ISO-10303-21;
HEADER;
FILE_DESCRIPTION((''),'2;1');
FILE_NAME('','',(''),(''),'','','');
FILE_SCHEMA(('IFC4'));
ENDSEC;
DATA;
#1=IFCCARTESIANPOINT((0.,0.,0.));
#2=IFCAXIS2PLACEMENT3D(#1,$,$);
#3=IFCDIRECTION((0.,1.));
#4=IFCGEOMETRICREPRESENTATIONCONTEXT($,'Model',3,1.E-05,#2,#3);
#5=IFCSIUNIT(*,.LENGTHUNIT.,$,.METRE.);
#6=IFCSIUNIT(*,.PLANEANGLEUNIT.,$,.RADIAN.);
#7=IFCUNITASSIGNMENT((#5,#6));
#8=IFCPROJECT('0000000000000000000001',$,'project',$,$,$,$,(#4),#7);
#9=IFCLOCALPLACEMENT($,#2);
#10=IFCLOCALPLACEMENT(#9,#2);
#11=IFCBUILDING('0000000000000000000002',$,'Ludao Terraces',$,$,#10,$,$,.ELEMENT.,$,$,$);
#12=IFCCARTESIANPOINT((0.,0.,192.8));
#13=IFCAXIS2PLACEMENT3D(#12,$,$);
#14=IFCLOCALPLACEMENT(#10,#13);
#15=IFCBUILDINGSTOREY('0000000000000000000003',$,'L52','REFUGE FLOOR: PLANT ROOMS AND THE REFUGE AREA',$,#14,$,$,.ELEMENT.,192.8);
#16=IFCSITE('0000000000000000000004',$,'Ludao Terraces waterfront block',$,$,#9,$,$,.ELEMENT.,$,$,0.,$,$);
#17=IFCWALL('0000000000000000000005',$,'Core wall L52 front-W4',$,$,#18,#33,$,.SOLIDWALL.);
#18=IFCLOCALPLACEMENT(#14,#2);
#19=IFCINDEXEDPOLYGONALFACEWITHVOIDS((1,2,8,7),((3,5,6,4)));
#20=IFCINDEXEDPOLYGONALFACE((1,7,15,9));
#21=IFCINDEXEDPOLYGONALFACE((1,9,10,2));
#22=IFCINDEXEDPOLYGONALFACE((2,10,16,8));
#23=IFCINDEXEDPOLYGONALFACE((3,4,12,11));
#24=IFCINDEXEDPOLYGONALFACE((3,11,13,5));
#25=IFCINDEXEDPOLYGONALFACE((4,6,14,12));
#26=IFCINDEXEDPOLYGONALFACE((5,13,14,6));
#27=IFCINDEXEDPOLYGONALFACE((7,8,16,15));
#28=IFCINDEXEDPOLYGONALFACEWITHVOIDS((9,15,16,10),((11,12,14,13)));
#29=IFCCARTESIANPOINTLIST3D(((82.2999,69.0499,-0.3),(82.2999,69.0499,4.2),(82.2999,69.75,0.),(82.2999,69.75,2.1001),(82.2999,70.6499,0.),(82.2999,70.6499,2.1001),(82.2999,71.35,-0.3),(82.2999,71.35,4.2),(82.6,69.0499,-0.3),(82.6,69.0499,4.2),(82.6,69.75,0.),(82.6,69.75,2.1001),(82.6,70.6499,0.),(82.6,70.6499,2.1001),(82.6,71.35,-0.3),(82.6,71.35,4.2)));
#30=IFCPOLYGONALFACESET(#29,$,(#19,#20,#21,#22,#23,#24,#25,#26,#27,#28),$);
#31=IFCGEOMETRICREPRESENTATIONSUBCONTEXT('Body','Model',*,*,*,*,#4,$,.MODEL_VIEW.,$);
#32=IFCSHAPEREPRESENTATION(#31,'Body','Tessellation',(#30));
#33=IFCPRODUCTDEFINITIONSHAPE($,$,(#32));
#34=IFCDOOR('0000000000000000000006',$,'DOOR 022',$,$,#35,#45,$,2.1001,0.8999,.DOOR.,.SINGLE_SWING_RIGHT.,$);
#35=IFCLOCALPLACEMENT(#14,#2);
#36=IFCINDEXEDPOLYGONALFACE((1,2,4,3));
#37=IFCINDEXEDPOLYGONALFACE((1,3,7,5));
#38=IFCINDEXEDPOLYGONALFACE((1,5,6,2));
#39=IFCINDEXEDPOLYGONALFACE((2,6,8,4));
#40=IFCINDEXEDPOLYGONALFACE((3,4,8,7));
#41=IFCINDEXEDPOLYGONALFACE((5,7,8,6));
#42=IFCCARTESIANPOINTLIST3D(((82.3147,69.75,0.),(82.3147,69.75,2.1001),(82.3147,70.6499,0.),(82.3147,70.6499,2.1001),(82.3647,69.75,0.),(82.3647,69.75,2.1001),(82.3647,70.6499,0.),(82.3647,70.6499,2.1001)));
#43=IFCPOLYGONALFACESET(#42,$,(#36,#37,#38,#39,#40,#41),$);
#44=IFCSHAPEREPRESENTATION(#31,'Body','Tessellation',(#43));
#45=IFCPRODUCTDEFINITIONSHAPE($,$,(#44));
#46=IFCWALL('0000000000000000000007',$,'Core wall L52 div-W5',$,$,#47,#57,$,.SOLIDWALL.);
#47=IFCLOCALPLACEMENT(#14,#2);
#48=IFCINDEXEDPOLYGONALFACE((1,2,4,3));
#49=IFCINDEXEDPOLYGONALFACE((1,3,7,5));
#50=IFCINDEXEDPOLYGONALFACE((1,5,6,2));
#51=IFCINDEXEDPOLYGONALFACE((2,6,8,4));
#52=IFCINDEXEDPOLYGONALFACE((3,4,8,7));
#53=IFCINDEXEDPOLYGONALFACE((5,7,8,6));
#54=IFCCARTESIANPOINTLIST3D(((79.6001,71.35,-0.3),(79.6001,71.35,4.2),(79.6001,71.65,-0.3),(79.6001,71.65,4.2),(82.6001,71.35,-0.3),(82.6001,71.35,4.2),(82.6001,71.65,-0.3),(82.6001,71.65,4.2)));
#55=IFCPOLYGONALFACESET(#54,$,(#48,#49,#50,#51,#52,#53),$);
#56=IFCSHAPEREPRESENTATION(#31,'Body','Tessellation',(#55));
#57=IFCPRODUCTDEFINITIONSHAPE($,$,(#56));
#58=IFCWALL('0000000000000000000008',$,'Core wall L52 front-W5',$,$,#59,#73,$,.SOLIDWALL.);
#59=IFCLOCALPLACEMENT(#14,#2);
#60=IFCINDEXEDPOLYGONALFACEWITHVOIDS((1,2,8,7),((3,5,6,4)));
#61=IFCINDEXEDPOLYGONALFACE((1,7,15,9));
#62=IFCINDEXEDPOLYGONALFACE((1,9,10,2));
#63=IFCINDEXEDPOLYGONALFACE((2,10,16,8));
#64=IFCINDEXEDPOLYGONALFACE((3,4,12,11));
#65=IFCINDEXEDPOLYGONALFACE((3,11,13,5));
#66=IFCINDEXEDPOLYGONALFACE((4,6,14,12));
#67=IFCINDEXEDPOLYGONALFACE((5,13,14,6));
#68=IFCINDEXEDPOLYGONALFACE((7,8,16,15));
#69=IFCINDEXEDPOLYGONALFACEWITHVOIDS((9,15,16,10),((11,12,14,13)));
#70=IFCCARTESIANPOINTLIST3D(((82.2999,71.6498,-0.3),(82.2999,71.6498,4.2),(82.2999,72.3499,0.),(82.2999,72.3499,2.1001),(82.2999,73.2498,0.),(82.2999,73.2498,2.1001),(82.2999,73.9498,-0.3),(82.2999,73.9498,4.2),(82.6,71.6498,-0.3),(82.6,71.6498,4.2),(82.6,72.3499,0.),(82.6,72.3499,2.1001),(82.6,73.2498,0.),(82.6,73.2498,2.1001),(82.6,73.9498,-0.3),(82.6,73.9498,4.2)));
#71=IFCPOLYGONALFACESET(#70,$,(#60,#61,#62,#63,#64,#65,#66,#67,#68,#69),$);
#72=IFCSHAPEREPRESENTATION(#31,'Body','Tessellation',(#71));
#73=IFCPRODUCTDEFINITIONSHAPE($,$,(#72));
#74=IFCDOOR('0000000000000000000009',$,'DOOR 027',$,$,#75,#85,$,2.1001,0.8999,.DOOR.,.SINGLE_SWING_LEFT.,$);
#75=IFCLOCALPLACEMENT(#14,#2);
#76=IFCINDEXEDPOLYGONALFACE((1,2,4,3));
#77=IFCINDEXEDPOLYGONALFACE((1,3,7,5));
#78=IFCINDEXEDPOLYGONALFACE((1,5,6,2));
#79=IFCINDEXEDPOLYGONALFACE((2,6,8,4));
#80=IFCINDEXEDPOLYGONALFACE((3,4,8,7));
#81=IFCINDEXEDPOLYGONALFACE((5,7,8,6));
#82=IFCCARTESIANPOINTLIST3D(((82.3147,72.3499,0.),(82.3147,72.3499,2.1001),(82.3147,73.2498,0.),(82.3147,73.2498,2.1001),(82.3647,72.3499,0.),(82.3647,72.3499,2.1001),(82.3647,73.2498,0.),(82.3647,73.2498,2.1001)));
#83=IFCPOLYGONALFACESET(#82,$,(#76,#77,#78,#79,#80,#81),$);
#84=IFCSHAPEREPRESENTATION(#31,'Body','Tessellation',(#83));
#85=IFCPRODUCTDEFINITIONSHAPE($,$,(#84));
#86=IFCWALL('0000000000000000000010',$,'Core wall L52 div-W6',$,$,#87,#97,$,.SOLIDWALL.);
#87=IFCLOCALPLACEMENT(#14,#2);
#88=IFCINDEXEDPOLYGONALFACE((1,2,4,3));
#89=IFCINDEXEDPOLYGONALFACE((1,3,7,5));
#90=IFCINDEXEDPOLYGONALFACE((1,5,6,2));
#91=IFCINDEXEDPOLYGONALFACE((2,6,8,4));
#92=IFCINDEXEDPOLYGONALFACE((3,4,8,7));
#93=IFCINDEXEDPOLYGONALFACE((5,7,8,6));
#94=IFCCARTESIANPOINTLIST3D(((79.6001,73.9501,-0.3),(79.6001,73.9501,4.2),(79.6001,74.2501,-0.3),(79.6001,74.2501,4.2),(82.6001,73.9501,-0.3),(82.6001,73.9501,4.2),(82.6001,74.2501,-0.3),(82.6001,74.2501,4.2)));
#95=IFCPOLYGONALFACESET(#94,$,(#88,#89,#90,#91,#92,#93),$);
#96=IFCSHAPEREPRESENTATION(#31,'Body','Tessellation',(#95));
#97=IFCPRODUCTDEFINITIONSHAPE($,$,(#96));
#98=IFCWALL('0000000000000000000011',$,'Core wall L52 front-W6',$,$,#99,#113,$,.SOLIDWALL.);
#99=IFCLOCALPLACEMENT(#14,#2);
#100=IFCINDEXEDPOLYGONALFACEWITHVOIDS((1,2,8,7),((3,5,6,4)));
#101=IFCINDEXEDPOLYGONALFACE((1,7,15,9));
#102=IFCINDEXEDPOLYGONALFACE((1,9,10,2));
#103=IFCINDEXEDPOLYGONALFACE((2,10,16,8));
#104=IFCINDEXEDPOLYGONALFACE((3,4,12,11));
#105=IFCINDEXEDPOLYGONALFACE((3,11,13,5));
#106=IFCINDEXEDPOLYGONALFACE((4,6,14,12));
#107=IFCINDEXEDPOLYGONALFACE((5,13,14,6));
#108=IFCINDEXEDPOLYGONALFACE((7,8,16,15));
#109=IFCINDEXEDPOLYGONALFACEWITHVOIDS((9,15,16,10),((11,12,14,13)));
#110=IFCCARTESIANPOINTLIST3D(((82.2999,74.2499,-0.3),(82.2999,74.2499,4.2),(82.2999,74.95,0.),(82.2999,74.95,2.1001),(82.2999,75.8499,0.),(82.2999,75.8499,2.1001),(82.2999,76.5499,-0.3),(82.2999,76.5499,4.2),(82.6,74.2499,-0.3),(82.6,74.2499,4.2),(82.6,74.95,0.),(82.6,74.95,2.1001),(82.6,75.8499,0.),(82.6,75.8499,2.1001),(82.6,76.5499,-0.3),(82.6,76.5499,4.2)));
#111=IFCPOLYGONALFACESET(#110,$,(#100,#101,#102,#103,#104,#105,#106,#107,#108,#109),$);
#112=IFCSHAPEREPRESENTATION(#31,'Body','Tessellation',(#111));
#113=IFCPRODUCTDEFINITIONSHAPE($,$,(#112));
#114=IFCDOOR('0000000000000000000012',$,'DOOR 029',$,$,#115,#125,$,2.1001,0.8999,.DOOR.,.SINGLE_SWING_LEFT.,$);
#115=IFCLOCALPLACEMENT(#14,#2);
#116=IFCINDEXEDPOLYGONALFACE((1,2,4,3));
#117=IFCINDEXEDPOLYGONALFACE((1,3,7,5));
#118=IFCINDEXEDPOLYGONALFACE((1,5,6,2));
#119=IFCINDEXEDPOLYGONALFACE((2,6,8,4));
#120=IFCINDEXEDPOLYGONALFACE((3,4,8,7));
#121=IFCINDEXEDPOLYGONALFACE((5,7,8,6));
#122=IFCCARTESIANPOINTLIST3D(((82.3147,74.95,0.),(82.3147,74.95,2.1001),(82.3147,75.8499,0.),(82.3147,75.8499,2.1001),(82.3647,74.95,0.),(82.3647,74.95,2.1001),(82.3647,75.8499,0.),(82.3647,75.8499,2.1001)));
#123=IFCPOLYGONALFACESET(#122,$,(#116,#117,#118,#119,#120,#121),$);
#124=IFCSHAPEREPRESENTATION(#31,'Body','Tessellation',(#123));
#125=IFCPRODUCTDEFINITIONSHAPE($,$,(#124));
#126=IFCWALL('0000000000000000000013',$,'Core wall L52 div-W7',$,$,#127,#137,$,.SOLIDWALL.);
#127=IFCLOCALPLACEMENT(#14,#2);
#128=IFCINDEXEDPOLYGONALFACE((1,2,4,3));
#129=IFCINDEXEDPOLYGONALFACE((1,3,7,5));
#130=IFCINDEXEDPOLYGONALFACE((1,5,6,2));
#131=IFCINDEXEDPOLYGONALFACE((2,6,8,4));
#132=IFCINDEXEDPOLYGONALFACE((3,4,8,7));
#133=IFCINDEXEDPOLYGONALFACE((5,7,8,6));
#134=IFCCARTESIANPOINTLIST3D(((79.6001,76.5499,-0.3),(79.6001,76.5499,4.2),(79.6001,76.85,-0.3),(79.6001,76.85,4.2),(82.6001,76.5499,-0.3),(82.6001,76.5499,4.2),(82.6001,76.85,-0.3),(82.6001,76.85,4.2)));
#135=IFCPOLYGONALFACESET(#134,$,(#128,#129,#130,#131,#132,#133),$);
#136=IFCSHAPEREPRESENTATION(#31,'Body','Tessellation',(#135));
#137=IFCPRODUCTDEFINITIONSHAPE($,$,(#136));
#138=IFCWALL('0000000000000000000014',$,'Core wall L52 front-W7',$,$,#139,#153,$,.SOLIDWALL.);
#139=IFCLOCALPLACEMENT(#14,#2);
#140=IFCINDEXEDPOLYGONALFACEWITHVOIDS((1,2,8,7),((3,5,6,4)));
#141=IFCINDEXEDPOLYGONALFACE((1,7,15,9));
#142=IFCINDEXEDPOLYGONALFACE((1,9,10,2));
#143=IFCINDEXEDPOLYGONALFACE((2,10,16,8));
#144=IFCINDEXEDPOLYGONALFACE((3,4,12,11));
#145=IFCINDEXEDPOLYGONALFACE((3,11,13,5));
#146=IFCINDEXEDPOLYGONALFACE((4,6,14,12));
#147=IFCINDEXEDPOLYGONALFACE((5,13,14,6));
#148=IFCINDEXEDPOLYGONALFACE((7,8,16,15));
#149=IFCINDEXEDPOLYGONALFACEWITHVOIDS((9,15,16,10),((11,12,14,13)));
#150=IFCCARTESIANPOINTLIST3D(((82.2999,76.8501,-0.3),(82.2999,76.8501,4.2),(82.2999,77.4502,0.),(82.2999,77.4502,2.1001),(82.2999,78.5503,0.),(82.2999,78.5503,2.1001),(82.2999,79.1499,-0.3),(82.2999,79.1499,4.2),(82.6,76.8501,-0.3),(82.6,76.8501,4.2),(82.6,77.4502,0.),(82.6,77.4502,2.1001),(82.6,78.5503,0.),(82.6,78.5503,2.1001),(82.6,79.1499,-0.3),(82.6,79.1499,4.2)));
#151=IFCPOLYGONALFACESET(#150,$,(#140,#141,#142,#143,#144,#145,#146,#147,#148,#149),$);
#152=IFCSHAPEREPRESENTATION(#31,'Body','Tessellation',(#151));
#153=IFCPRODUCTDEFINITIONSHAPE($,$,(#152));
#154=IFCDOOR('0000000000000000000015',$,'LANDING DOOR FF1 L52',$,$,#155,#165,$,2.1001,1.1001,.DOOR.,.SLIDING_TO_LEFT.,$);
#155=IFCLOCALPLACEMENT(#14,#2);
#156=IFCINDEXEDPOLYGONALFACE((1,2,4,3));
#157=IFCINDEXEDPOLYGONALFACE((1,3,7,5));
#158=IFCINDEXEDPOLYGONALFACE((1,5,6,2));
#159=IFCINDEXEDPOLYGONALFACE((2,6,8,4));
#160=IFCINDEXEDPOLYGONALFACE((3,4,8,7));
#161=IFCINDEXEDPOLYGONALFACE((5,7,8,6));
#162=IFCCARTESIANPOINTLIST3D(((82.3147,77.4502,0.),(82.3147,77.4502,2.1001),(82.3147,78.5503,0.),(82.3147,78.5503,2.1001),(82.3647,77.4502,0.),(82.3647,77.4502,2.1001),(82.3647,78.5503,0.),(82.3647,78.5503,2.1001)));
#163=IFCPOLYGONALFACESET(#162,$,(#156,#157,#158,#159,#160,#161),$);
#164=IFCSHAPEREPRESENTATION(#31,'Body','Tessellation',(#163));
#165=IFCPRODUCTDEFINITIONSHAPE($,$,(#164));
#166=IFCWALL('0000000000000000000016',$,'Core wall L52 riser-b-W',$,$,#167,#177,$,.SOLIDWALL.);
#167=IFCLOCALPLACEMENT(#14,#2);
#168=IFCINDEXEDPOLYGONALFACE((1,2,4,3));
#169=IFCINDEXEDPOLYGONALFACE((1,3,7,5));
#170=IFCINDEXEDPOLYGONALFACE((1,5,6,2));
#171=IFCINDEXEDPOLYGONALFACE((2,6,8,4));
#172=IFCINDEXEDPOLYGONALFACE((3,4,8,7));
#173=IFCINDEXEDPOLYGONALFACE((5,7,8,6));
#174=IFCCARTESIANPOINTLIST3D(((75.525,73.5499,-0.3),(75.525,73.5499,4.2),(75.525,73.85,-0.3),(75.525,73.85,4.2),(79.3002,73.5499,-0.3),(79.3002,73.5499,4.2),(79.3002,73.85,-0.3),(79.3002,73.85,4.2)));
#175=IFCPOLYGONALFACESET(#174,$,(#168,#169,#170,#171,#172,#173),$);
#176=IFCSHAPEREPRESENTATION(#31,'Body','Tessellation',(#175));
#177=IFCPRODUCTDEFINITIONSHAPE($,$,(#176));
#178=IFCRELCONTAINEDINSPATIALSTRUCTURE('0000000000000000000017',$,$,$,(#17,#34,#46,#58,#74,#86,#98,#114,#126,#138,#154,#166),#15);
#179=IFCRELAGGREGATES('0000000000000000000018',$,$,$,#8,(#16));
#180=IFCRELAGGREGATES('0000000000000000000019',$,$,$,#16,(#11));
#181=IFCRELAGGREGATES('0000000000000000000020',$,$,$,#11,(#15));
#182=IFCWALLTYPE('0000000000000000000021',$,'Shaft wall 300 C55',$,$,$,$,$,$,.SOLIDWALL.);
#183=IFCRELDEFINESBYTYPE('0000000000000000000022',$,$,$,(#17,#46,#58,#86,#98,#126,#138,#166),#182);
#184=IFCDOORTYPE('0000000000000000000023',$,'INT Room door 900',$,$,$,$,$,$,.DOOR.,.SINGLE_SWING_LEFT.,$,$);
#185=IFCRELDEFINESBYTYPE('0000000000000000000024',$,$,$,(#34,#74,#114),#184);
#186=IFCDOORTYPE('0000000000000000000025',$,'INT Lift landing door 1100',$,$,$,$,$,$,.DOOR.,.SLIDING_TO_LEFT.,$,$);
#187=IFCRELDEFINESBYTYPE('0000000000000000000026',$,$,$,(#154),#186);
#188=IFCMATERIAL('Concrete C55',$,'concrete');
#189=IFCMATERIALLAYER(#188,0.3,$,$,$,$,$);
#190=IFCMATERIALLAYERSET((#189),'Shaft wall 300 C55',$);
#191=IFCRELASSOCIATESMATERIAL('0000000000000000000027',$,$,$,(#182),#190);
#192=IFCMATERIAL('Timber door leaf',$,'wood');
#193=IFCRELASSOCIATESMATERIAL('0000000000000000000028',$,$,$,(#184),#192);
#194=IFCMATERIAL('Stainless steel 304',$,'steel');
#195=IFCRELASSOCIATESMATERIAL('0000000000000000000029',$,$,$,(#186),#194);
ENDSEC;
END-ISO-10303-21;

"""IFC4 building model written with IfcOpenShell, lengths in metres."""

from ifc_helpers import new_model, si_unit, direction, frame, frame_2d, origin, place, context, subcontext, project, spatial, rectangle, extrude, material, layer, layer_set, type_object, element, fill, save


model = new_model("IFC4")

# Units and contexts
model_context = context("Model", 3, precision=1e-05, world=origin(), true_north=direction((0.0, 1.0)))
body_context = subcontext(model_context, "Body", "Model", "MODEL_VIEW")
ifc_project = project(units=[si_unit("LENGTHUNIT", "METRE"), si_unit("PLANEANGLEUNIT", "RADIAN")], contexts=[model_context])

# Site, building, storey
site_placement = place(None, origin())
site = spatial("IfcSite", under=ifc_project, at=site_placement, Name="Ludao Terraces waterfront block", CompositionType="ELEMENT", RefElevation=0.0)
building_placement = place(site_placement, origin())
building = spatial("IfcBuilding", under=site, at=building_placement, Name="Ludao Terraces", CompositionType="ELEMENT")
storey_placement = place(building_placement, frame((0.0, 0.0, 192.8)))
storey = spatial("IfcBuildingStorey", under=building, at=storey_placement, Name="L52", Description="REFUGE FLOOR: PLANT ROOMS AND THE REFUGE AREA", CompositionType="ELEMENT", Elevation=192.8)

# Shared definitions
ifc_material_1 = material(Name="Concrete C55", Category="concrete")
ifc_layer_1 = layer(ifc_material_1, 0.3)
ifc_layer_set_1 = layer_set([ifc_layer_1], Name="Shaft wall 300 C55")
wall_type_1 = type_object("IfcWallType", Name="Shaft wall 300 C55", PredefinedType="SOLIDWALL", material=ifc_layer_set_1)

# Shared definitions
ifc_material_2 = material(Name="Timber door leaf", Category="wood")
door_type_1 = type_object("IfcDoorType", Name="INT Room door 900", OperationType="SINGLE_SWING_LEFT", PredefinedType="DOOR", material=ifc_material_2)

# Wall, opening, door
wall_1_placement = place(storey_placement, frame((82.45, 69.05, -0.3), z_axis=(0.0, 0.0, 1.0), x_axis=(0.0, 1.0, 0.0)))
wall_1 = element("IfcWall", 1, at=wall_1_placement, inside=storey, type_object=wall_type_1, Name="Core wall L52 front-W4", PredefinedType="SOLIDWALL", context=body_context, shape_type="SweptSolid", body=[
    extrude(rectangle(XDim=2.3, YDim=0.3, at=frame_2d((1.1499, 0.0))), origin(), (0.0, 0.0, 1.0), 4.5),
])
opening_1_placement = place(wall_1_placement, frame((0.7, 0.0, 0.3)))
opening_1 = element("IfcOpeningElement", 2, at=opening_1_placement, cuts=wall_1, PredefinedType="OPENING", context=body_context, shape_type="SweptSolid", body=[
    extrude(rectangle(XDim=0.8999, YDim=2.1001, at=frame_2d((0.45, 1.05))), frame((0.0, 0.1602, 0.0), z_axis=(0.0, -1.0, 0.0), x_axis=(1.0, 0.0, 0.0)), (0.0, 0.0, 1.0), 0.3201),
])
door_1_placement = place(opening_1_placement, origin())
door_1 = element("IfcDoor", 3, at=door_1_placement, inside=storey, type_object=door_type_1, Name="DOOR 022", OperationType="SINGLE_SWING_RIGHT", OverallHeight=2.1001, OverallWidth=0.8999, PredefinedType="DOOR", context=body_context, shape_type="SweptSolid", body=[
    extrude(rectangle(XDim=0.8999, YDim=2.1001, at=frame_2d((0.45, 1.05))), frame((0.0, 0.1353, 0.0), z_axis=(0.0, -1.0, 0.0), x_axis=(1.0, 0.0, 0.0)), (0.0, 0.0, 1.0), 0.05),
])
fill(opening_1, door_1)

# Wall
wall_2_placement = place(storey_placement, frame((79.6001, 71.5, -0.3), z_axis=(0.0, 0.0, 1.0), x_axis=(1.0, 0.0, 0.0)))
element("IfcWall", 4, at=wall_2_placement, inside=storey, type_object=wall_type_1, Name="Core wall L52 div-W5", PredefinedType="SOLIDWALL", context=body_context, shape_type="SweptSolid", body=[
    extrude(rectangle(XDim=3.0, YDim=0.3, at=frame_2d((1.5, 0.0))), origin(), (0.0, 0.0, 1.0), 4.5),
])

# Wall, opening, door
wall_3_placement = place(storey_placement, frame((82.45, 71.6499, -0.3), z_axis=(0.0, 0.0, 1.0), x_axis=(0.0, 1.0, 0.0)))
wall_3 = element("IfcWall", 5, at=wall_3_placement, inside=storey, type_object=wall_type_1, Name="Core wall L52 front-W5", PredefinedType="SOLIDWALL", context=body_context, shape_type="SweptSolid", body=[
    extrude(rectangle(XDim=2.3, YDim=0.3, at=frame_2d((1.1499, 0.0))), origin(), (0.0, 0.0, 1.0), 4.5),
])
opening_2_placement = place(wall_3_placement, frame((0.7, 0.0, 0.3)))
opening_2 = element("IfcOpeningElement", 6, at=opening_2_placement, cuts=wall_3, PredefinedType="OPENING", context=body_context, shape_type="SweptSolid", body=[
    extrude(rectangle(XDim=0.8999, YDim=2.1001, at=frame_2d((0.45, 1.05))), frame((0.0, 0.1602, 0.0), z_axis=(0.0, -1.0, 0.0), x_axis=(1.0, 0.0, 0.0)), (0.0, 0.0, 1.0), 0.3201),
])
door_2_placement = place(opening_2_placement, origin())
door_2 = element("IfcDoor", 7, at=door_2_placement, inside=storey, type_object=door_type_1, Name="DOOR 027", OperationType="SINGLE_SWING_LEFT", OverallHeight=2.1001, OverallWidth=0.8999, PredefinedType="DOOR", context=body_context, shape_type="SweptSolid", body=[
    extrude(rectangle(XDim=0.8999, YDim=2.1001, at=frame_2d((0.45, 1.05))), frame((0.0, 0.1353, 0.0), z_axis=(0.0, -1.0, 0.0), x_axis=(1.0, 0.0, 0.0)), (0.0, 0.0, 1.0), 0.05),
])
fill(opening_2, door_2)

# Wall
wall_4_placement = place(storey_placement, frame((79.6001, 74.1001, -0.3), z_axis=(0.0, 0.0, 1.0), x_axis=(1.0, 0.0, 0.0)))
element("IfcWall", 8, at=wall_4_placement, inside=storey, type_object=wall_type_1, Name="Core wall L52 div-W6", PredefinedType="SOLIDWALL", context=body_context, shape_type="SweptSolid", body=[
    extrude(rectangle(XDim=3.0, YDim=0.3, at=frame_2d((1.5, 0.0))), origin(), (0.0, 0.0, 1.0), 4.5),
])

# Wall, opening, door
wall_5_placement = place(storey_placement, frame((82.45, 74.25, -0.3), z_axis=(0.0, 0.0, 1.0), x_axis=(0.0, 1.0, 0.0)))
wall_5 = element("IfcWall", 9, at=wall_5_placement, inside=storey, type_object=wall_type_1, Name="Core wall L52 front-W6", PredefinedType="SOLIDWALL", context=body_context, shape_type="SweptSolid", body=[
    extrude(rectangle(XDim=2.3, YDim=0.3, at=frame_2d((1.1499, 0.0))), origin(), (0.0, 0.0, 1.0), 4.5),
])
opening_3_placement = place(wall_5_placement, frame((0.7, 0.0, 0.3)))
opening_3 = element("IfcOpeningElement", 10, at=opening_3_placement, cuts=wall_5, PredefinedType="OPENING", context=body_context, shape_type="SweptSolid", body=[
    extrude(rectangle(XDim=0.8999, YDim=2.1001, at=frame_2d((0.45, 1.05))), frame((0.0, 0.1602, 0.0), z_axis=(0.0, -1.0, 0.0), x_axis=(1.0, 0.0, 0.0)), (0.0, 0.0, 1.0), 0.3201),
])
door_3_placement = place(opening_3_placement, origin())
door_3 = element("IfcDoor", 11, at=door_3_placement, inside=storey, type_object=door_type_1, Name="DOOR 029", OperationType="SINGLE_SWING_LEFT", OverallHeight=2.1001, OverallWidth=0.8999, PredefinedType="DOOR", context=body_context, shape_type="SweptSolid", body=[
    extrude(rectangle(XDim=0.8999, YDim=2.1001, at=frame_2d((0.45, 1.05))), frame((0.0, 0.1353, 0.0), z_axis=(0.0, -1.0, 0.0), x_axis=(1.0, 0.0, 0.0)), (0.0, 0.0, 1.0), 0.05),
])
fill(opening_3, door_3)

# Wall
wall_6_placement = place(storey_placement, frame((79.6001, 76.7, -0.3), z_axis=(0.0, 0.0, 1.0), x_axis=(1.0, 0.0, 0.0)))
element("IfcWall", 12, at=wall_6_placement, inside=storey, type_object=wall_type_1, Name="Core wall L52 div-W7", PredefinedType="SOLIDWALL", context=body_context, shape_type="SweptSolid", body=[
    extrude(rectangle(XDim=3.0, YDim=0.3, at=frame_2d((1.5, 0.0))), origin(), (0.0, 0.0, 1.0), 4.5),
])

# Wall, opening, door
wall_7_placement = place(storey_placement, frame((82.45, 76.8501, -0.3), z_axis=(0.0, 0.0, 1.0), x_axis=(0.0, 1.0, 0.0)))
wall_7 = element("IfcWall", 13, at=wall_7_placement, inside=storey, type_object=wall_type_1, Name="Core wall L52 front-W7", PredefinedType="SOLIDWALL", context=body_context, shape_type="SweptSolid", body=[
    extrude(rectangle(XDim=2.2998, YDim=0.3, at=frame_2d((1.1499, 0.0))), origin(), (0.0, 0.0, 1.0), 4.5),
])
opening_4_placement = place(wall_7_placement, frame((0.6001, 0.0, 0.3)))
opening_4 = element("IfcOpeningElement", 14, at=opening_4_placement, cuts=wall_7, PredefinedType="OPENING", context=body_context, shape_type="SweptSolid", body=[
    extrude(rectangle(XDim=1.1001, YDim=2.1001, at=frame_2d((0.55, 1.05))), frame((0.0, 0.1602, 0.0), z_axis=(0.0, -1.0, 0.0), x_axis=(1.0, 0.0, 0.0)), (0.0, 0.0, 1.0), 0.3201),
])
ifc_material_3 = material(Name="Stainless steel 304", Category="steel")
door_type_2 = type_object("IfcDoorType", Name="INT Lift landing door 1100", OperationType="SLIDING_TO_LEFT", PredefinedType="DOOR", material=ifc_material_3)
door_4_placement = place(opening_4_placement, origin())
door_4 = element("IfcDoor", 15, at=door_4_placement, inside=storey, type_object=door_type_2, Name="LANDING DOOR FF1 L52", OperationType="SLIDING_TO_LEFT", OverallHeight=2.1001, OverallWidth=1.1001, PredefinedType="DOOR", context=body_context, shape_type="SweptSolid", body=[
    extrude(rectangle(XDim=1.1001, YDim=2.1001, at=frame_2d((0.55, 1.05))), frame((0.0, 0.1353, 0.0), z_axis=(0.0, -1.0, 0.0), x_axis=(1.0, 0.0, 0.0)), (0.0, 0.0, 1.0), 0.05),
])
fill(opening_4, door_4)

# Wall
wall_8_placement = place(storey_placement, frame((75.5249, 73.7, -0.3), z_axis=(0.0, 0.0, 1.0), x_axis=(1.0, 0.0, 0.0)))
element("IfcWall", 16, at=wall_8_placement, inside=storey, type_object=wall_type_1, Name="Core wall L52 riser-b-W", PredefinedType="SOLIDWALL", context=body_context, shape_type="SweptSolid", body=[
    extrude(rectangle(XDim=3.7751, YDim=0.3, at=frame_2d((1.8877, 0.0))), origin(), (0.0, 0.0, 1.0), 4.5),
])

save(model, "model.ifc")
